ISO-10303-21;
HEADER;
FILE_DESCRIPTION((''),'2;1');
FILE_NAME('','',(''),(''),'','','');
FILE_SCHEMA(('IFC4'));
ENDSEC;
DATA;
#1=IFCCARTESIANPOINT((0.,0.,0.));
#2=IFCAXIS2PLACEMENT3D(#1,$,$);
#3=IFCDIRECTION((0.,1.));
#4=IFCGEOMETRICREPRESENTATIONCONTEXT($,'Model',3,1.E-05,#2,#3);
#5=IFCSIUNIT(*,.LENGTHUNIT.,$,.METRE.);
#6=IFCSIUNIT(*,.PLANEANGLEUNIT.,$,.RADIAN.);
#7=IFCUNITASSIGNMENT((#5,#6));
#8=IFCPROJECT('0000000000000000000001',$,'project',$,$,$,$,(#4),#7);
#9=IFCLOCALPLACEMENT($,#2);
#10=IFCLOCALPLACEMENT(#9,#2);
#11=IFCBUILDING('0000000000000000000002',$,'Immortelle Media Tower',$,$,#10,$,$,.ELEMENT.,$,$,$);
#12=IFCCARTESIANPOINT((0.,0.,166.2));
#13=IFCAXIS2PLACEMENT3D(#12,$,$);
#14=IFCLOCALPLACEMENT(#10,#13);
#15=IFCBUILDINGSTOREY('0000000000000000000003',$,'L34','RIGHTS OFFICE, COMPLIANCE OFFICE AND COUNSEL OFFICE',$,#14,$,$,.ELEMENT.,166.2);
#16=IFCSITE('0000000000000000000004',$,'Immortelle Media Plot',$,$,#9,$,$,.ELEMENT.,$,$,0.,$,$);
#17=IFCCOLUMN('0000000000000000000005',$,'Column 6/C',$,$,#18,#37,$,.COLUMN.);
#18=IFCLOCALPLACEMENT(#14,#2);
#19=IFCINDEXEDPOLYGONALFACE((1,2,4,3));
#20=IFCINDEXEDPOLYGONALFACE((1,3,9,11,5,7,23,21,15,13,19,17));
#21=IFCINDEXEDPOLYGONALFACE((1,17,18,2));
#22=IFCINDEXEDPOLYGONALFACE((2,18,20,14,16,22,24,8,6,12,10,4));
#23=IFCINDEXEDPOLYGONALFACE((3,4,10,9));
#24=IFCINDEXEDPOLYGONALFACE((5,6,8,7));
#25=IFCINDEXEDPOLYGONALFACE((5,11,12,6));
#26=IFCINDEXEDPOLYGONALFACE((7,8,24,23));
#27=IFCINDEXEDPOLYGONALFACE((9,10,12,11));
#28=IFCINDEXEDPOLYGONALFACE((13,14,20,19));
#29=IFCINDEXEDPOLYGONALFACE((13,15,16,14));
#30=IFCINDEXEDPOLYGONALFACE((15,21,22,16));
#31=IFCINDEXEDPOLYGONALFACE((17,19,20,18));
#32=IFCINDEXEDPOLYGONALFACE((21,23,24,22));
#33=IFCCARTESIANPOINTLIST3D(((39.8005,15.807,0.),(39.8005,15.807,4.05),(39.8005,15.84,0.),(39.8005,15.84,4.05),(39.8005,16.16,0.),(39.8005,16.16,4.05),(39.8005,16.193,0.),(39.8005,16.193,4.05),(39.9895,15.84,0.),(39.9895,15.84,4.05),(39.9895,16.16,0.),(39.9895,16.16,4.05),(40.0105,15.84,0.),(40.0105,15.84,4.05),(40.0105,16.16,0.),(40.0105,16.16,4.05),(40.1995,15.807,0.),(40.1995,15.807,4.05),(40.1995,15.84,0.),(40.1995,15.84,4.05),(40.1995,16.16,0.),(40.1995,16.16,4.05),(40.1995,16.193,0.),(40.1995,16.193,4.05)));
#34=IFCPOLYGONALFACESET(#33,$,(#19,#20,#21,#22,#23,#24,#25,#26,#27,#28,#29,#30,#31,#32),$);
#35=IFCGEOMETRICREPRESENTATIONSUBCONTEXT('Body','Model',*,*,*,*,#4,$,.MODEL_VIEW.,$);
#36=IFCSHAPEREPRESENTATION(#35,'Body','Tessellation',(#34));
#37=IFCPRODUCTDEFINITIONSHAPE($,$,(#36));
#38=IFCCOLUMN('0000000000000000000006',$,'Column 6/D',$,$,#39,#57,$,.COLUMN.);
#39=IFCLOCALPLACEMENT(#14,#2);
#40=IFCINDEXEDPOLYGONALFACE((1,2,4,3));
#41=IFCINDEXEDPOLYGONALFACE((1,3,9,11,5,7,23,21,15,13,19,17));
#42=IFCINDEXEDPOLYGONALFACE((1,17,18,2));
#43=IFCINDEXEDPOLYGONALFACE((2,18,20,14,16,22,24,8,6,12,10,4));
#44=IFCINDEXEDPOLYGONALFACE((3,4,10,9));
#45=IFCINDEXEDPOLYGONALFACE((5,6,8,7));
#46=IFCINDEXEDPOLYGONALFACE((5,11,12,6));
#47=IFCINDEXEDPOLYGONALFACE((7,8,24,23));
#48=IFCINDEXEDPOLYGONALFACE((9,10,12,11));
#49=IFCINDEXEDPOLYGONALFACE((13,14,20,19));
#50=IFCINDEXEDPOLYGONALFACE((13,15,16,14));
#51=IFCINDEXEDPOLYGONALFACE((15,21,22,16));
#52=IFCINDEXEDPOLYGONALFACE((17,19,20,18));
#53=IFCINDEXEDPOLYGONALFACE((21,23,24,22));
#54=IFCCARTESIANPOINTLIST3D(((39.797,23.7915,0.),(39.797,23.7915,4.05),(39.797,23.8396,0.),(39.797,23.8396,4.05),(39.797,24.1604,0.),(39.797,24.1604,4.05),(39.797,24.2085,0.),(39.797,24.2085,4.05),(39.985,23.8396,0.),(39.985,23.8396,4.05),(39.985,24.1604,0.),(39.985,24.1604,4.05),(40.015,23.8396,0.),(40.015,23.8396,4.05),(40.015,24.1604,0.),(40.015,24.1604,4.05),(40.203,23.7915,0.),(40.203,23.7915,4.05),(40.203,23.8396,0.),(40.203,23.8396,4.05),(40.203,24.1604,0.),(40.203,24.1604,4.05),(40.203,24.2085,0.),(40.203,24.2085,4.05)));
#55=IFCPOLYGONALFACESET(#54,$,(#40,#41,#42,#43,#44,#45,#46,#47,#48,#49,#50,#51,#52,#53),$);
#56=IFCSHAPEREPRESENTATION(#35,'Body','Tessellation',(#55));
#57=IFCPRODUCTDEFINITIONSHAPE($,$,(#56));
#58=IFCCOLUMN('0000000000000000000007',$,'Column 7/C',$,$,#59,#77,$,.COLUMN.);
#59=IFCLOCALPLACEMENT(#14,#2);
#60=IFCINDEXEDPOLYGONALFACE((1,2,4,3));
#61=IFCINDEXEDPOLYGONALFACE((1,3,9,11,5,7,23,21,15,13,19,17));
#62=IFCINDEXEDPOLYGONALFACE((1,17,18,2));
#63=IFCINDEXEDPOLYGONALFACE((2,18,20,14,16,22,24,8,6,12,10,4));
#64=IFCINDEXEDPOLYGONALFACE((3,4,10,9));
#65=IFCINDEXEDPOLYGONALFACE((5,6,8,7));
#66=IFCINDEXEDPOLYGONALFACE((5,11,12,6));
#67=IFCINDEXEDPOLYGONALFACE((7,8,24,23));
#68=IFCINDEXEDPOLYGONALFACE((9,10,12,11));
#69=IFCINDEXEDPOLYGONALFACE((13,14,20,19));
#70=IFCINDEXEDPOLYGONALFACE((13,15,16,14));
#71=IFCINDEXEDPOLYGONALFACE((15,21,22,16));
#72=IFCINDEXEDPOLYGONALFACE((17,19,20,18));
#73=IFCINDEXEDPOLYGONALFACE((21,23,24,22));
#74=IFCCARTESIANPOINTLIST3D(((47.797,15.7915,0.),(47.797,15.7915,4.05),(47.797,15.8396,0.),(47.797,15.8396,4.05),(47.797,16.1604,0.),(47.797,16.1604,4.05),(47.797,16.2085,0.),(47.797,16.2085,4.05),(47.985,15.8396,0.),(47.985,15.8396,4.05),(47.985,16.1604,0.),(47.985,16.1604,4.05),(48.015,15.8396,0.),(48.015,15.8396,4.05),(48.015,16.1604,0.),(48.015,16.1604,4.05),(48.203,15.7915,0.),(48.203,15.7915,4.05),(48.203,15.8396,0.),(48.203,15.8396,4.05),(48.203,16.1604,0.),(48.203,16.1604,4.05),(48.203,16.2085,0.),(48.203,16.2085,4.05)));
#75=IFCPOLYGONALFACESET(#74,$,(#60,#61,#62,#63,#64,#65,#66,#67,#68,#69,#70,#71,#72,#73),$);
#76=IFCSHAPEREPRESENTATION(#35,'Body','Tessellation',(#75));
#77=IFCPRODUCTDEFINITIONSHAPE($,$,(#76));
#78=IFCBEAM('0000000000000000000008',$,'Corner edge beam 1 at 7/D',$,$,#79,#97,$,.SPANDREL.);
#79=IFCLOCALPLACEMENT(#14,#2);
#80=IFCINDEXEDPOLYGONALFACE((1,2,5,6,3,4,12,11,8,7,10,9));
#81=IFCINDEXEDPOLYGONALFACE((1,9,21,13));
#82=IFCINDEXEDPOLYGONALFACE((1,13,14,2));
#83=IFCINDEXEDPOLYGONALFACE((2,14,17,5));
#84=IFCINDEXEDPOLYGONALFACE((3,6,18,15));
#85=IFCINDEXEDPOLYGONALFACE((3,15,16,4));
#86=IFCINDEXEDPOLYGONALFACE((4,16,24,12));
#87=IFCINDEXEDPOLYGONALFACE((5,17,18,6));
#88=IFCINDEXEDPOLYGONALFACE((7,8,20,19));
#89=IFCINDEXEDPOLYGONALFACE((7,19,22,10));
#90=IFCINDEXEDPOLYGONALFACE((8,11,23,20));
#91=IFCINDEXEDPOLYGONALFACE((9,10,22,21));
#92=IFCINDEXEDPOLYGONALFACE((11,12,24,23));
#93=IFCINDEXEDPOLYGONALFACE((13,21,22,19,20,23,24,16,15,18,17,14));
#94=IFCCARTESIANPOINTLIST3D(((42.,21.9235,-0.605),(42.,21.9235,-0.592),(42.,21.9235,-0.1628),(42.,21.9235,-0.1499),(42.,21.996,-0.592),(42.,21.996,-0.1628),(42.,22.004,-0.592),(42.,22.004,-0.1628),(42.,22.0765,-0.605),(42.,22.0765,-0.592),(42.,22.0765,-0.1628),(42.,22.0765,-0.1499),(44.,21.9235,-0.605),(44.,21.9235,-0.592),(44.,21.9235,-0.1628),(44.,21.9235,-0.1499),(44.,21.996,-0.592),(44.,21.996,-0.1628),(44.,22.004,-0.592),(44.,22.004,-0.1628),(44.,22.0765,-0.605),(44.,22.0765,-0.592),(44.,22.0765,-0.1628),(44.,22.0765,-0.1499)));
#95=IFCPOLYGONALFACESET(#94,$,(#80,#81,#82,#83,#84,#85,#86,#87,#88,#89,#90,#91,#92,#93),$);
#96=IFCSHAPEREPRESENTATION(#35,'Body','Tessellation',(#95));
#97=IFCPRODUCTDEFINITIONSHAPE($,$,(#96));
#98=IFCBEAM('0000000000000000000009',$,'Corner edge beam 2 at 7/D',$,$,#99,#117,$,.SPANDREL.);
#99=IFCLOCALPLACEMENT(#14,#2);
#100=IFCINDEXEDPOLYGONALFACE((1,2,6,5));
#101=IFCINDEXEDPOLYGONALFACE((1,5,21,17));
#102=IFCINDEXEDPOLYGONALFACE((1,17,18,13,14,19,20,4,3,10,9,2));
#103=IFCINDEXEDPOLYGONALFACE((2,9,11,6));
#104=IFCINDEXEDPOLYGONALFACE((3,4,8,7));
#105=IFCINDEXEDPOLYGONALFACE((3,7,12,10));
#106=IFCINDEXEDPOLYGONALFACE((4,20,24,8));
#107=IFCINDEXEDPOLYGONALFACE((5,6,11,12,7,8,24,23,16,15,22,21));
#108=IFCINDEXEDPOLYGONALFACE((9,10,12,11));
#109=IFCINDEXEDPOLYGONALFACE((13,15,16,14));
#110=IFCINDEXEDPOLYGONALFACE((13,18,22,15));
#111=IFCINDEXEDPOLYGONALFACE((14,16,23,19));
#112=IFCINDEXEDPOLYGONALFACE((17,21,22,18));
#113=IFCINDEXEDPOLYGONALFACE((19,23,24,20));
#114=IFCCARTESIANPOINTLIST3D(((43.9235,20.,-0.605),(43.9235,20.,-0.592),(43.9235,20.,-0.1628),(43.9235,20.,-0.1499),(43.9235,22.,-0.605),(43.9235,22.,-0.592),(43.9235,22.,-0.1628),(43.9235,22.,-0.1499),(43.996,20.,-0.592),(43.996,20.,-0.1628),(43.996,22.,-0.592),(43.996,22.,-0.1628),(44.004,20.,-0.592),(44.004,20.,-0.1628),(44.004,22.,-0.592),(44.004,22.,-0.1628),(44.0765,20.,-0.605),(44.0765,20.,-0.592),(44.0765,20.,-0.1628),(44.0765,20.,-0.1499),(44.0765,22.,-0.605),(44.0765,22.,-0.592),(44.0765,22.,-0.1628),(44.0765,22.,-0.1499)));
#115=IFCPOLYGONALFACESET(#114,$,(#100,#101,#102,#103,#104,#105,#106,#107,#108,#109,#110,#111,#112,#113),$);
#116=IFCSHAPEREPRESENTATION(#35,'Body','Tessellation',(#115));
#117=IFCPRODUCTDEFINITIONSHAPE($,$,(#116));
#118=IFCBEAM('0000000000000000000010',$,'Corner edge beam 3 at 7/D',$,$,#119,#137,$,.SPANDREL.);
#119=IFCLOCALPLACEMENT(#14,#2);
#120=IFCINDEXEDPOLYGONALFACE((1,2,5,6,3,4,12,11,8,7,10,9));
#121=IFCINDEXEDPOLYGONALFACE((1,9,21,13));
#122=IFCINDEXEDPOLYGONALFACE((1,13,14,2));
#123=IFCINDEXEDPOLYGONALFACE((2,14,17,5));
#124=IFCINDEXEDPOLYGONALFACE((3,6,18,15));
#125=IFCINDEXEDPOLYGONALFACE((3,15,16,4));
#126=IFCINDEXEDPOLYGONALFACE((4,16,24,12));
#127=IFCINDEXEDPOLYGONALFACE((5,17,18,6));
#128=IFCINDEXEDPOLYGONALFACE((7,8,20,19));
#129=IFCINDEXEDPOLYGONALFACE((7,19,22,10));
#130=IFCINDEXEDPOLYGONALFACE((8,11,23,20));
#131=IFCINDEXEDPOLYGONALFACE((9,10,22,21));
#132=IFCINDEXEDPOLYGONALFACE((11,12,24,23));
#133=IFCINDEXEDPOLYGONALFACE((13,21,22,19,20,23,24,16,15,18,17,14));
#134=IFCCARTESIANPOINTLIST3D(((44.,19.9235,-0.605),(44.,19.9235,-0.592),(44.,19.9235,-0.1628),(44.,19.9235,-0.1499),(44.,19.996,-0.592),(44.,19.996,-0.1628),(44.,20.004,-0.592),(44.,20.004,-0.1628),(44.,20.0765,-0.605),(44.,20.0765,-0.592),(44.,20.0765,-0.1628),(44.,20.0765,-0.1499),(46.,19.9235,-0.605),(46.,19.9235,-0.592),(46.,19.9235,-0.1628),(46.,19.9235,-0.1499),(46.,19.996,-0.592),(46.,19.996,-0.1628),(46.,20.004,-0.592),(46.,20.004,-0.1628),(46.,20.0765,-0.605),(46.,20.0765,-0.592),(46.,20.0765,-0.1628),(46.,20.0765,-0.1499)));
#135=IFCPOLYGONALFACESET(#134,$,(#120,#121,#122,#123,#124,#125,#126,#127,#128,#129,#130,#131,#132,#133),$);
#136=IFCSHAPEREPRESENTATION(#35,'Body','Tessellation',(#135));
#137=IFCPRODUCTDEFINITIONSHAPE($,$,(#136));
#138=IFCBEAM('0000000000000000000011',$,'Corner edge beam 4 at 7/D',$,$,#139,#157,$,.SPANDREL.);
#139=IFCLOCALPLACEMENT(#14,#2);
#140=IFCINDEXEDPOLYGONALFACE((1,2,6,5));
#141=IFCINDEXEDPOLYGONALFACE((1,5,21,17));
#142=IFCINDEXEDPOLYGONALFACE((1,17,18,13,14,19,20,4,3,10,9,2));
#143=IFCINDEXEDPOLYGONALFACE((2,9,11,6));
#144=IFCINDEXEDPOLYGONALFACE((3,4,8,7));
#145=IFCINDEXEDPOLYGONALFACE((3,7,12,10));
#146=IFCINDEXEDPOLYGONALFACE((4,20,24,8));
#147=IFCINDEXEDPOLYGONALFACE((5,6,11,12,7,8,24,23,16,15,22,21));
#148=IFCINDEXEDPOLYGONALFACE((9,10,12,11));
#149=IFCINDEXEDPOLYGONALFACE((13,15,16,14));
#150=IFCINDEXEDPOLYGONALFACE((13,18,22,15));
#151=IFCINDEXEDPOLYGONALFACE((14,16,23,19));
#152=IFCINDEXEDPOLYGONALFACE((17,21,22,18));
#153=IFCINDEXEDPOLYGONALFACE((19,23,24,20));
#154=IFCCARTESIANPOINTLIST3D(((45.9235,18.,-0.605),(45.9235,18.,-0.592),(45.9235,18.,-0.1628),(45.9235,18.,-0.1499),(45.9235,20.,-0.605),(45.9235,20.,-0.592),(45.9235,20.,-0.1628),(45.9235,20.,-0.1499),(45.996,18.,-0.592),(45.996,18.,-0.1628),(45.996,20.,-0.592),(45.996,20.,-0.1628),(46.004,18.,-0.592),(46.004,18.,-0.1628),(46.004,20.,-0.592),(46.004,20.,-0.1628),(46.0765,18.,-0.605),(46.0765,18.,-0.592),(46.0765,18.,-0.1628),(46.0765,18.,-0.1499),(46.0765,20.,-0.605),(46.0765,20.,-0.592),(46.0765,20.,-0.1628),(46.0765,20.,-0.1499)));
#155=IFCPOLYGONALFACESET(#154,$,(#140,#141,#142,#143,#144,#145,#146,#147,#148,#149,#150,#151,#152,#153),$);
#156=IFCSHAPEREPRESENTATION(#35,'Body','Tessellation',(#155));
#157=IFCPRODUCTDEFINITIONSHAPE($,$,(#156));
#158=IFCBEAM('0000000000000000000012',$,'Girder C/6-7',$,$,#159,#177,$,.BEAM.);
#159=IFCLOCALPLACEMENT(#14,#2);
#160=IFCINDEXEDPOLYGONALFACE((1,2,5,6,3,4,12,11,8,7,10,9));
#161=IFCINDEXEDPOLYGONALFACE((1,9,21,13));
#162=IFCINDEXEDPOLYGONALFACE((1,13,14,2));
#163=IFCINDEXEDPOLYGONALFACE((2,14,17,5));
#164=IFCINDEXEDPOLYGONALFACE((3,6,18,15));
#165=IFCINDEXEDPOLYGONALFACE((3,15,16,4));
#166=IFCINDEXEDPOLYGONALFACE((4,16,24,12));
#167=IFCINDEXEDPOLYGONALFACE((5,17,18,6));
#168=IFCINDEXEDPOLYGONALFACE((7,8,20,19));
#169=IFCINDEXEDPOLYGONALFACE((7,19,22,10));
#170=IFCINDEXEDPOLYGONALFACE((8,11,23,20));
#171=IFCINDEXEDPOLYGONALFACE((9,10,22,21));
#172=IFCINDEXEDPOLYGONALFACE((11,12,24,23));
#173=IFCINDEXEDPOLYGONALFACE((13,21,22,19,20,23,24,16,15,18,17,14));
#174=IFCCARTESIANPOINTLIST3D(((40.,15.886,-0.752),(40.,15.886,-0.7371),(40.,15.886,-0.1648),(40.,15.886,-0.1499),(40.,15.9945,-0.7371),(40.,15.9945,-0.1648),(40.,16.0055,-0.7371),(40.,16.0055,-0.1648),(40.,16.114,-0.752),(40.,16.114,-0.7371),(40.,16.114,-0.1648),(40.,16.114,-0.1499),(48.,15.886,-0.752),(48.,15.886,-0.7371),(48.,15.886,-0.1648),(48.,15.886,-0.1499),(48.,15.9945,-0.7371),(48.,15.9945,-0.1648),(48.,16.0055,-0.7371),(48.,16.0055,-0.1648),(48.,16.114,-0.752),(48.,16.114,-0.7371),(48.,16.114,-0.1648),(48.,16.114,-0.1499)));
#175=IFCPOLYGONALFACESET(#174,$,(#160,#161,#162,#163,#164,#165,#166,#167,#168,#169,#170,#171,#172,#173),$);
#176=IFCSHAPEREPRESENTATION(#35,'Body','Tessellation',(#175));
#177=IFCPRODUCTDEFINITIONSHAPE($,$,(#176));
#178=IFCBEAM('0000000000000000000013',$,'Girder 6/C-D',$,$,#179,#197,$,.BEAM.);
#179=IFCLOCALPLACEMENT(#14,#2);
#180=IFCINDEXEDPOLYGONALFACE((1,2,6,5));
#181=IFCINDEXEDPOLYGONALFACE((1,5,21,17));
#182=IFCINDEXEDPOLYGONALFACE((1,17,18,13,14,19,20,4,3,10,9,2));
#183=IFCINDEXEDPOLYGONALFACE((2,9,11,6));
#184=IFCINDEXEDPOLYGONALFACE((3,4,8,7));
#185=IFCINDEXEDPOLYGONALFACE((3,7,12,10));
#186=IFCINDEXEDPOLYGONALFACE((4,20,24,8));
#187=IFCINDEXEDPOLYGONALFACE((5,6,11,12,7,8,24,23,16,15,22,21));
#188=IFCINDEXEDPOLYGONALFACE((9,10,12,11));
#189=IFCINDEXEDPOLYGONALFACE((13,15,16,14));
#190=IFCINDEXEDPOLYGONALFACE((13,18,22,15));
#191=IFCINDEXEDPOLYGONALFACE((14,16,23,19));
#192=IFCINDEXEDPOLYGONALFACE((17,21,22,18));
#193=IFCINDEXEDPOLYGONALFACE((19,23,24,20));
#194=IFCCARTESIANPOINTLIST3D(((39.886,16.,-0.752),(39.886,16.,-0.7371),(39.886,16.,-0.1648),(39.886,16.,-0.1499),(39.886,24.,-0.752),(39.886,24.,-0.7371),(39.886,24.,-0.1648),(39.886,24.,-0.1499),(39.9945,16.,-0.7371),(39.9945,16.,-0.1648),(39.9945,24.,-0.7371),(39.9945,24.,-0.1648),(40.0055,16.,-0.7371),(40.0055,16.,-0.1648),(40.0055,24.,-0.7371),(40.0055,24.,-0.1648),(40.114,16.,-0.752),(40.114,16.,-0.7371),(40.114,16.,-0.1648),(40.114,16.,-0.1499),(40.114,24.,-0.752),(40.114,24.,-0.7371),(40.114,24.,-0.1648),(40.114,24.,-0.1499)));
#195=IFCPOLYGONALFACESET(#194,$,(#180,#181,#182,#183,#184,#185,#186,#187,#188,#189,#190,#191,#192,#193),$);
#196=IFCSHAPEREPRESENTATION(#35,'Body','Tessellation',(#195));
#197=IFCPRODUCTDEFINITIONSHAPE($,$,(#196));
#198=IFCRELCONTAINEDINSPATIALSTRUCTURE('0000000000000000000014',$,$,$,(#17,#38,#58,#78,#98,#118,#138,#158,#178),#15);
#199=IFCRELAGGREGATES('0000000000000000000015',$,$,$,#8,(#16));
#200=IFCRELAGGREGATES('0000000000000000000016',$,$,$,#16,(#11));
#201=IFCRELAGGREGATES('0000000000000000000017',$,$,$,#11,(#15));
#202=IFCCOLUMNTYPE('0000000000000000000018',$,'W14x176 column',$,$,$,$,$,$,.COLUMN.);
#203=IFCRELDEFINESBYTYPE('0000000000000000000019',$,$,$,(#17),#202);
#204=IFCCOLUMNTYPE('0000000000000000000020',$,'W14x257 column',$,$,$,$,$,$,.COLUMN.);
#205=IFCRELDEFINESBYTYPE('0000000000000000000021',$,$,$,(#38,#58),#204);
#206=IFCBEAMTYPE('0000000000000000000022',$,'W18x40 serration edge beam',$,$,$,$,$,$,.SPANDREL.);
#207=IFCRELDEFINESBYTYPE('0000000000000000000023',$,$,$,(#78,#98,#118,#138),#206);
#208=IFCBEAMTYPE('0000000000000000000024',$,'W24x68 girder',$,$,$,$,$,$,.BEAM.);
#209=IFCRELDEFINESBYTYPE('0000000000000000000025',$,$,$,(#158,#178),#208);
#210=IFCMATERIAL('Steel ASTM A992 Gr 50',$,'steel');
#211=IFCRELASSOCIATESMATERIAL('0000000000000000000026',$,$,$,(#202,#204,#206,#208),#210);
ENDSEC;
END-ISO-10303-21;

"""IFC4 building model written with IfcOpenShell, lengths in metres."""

from ifc_helpers import new_model, si_unit, direction, frame, origin, origin_2d, place, context, subcontext, project, spatial, i_section, extrude, material, material_profile, profile_set, type_object, element, save


model = new_model("IFC4")

# Units and contexts
model_context = context("Model", 3, precision=1e-05, world=origin(), true_north=direction((0.0, 1.0)))
body_context = subcontext(model_context, "Body", "Model", "MODEL_VIEW")
ifc_project = project(units=[si_unit("LENGTHUNIT", "METRE"), si_unit("PLANEANGLEUNIT", "RADIAN")], contexts=[model_context])

# Site, building, storey
site_placement = place(None, origin())
site = spatial("IfcSite", under=ifc_project, at=site_placement, Name="Immortelle Media Plot", CompositionType="ELEMENT", RefElevation=0.0)
building_placement = place(site_placement, origin())
building = spatial("IfcBuilding", under=site, at=building_placement, Name="Immortelle Media Tower", CompositionType="ELEMENT")
storey_placement = place(building_placement, frame((0.0, 0.0, 166.2)))
storey = spatial("IfcBuildingStorey", under=building, at=storey_placement, Name="L34", Description="RIGHTS OFFICE, COMPLIANCE OFFICE AND COUNSEL OFFICE", CompositionType="ELEMENT", Elevation=166.2)

# Columns
ifc_material_1 = material(Name="Steel ASTM A992 Gr 50", Category="steel")
ifc_material_profile_1 = material_profile(ifc_material_1, i_section(OverallWidth=0.3989, OverallDepth=0.386, WebThickness=0.021, FlangeThickness=0.033, at=origin_2d()), Name="W14x176")
ifc_profile_set_1 = profile_set([ifc_material_profile_1], Name="Steel ASTM A992 Gr 50")
column_type_1 = type_object("IfcColumnType", Name="W14x176 column", PredefinedType="COLUMN", material=ifc_profile_set_1)
column_placement = place(storey_placement, frame((40.0, 16.0, 0.0), z_axis=(0.0, 0.0, 1.0), x_axis=(1.0, 0.0, 0.0)))
element("IfcColumn", 1, at=column_placement, inside=storey, type_object=column_type_1, Name="Column 6/C", PredefinedType="COLUMN", context=body_context, shape_type="SweptSolid", body=[
    extrude(i_section(OverallWidth=0.3989, OverallDepth=0.386, WebThickness=0.021, FlangeThickness=0.033, at=origin_2d()), origin(), (0.0, 0.0, 1.0), 4.05),
])
ifc_material_profile_2 = material_profile(ifc_material_1, i_section(OverallWidth=0.406, OverallDepth=0.417, WebThickness=0.03, FlangeThickness=0.0481, at=origin_2d()), Name="W14x257")
ifc_profile_set_2 = profile_set([ifc_material_profile_2], Name="Steel ASTM A992 Gr 50")
column_type_2 = type_object("IfcColumnType", Name="W14x257 column", PredefinedType="COLUMN", material=ifc_profile_set_2)
for number, where, z_axis, x_axis, name in (
    (2, (40.0, 24.0, 0.0), (0.0, 0.0, 1.0), (1.0, 0.0, 0.0), "Column 6/D"),
    (3, (48.0, 16.0, 0.0), (0.0, 0.0, 1.0), (1.0, 0.0, 0.0), "Column 7/C"),
):
    element("IfcColumn", number, at=place(storey_placement, frame(where, z_axis=z_axis, x_axis=x_axis)), inside=storey, type_object=column_type_2, Name=name, PredefinedType="COLUMN", context=body_context, shape_type="SweptSolid", body=[
        extrude(i_section(OverallWidth=0.406, OverallDepth=0.417, WebThickness=0.03, FlangeThickness=0.0481, at=origin_2d()), origin(), (0.0, 0.0, 1.0), 4.05),
    ])

# Beams
ifc_material_profile_3 = material_profile(ifc_material_1, i_section(OverallWidth=0.1531, OverallDepth=0.4551, WebThickness=0.0081, FlangeThickness=0.0129, at=origin_2d()), Name="W18x40")
ifc_profile_set_3 = profile_set([ifc_material_profile_3], Name="Steel ASTM A992 Gr 50")
beam_type_1 = type_object("IfcBeamType", Name="W18x40 serration edge beam", PredefinedType="SPANDREL", material=ifc_profile_set_3)
for number, where, z_axis, x_axis, name in (
    (4, (42.0, 22.0, -0.3774), (1.0, 0.0, 0.0), (0.0, 1.0, 0.0), "Corner edge beam 1 at 7/D"),
    (5, (44.0, 22.0, -0.3774), (0.0, -1.0, 0.0), (1.0, 0.0, 0.0), "Corner edge beam 2 at 7/D"),
    (6, (44.0, 20.0, -0.3774), (1.0, 0.0, 0.0), (0.0, 1.0, 0.0), "Corner edge beam 3 at 7/D"),
    (7, (46.0, 20.0, -0.3774), (0.0, -1.0, 0.0), (1.0, 0.0, 0.0), "Corner edge beam 4 at 7/D"),
):
    element("IfcBeam", number, at=place(storey_placement, frame(where, z_axis=z_axis, x_axis=x_axis)), inside=storey, type_object=beam_type_1, Name=name, PredefinedType="SPANDREL", context=body_context, shape_type="SweptSolid", body=[
        extrude(i_section(OverallWidth=0.1531, OverallDepth=0.4551, WebThickness=0.0081, FlangeThickness=0.0129, at=origin_2d()), origin(), (0.0, 0.0, 1.0), 2.0),
    ])
ifc_material_profile_4 = material_profile(ifc_material_1, i_section(OverallWidth=0.228, OverallDepth=0.6021, WebThickness=0.011, FlangeThickness=0.0149, at=origin_2d()), Name="W24x68")
ifc_profile_set_4 = profile_set([ifc_material_profile_4], Name="Steel ASTM A992 Gr 50")
beam_type_2 = type_object("IfcBeamType", Name="W24x68 girder", PredefinedType="BEAM", material=ifc_profile_set_4)
for number, where, z_axis, x_axis, name in (
    (8, (40.0, 16.0, -0.4509), (1.0, 0.0, 0.0), (0.0, 1.0, 0.0), "Girder C/6-7"),
    (9, (40.0, 16.0, -0.4509), (0.0, 1.0, 0.0), (-1.0, 0.0, 0.0), "Girder 6/C-D"),
):
    element("IfcBeam", number, at=place(storey_placement, frame(where, z_axis=z_axis, x_axis=x_axis)), inside=storey, type_object=beam_type_2, Name=name, PredefinedType="BEAM", context=body_context, shape_type="SweptSolid", body=[
        extrude(i_section(OverallWidth=0.228, OverallDepth=0.6021, WebThickness=0.011, FlangeThickness=0.0149, at=origin_2d()), origin(), (0.0, 0.0, 1.0), 8.0),
    ])

save(model, "model.ifc")
